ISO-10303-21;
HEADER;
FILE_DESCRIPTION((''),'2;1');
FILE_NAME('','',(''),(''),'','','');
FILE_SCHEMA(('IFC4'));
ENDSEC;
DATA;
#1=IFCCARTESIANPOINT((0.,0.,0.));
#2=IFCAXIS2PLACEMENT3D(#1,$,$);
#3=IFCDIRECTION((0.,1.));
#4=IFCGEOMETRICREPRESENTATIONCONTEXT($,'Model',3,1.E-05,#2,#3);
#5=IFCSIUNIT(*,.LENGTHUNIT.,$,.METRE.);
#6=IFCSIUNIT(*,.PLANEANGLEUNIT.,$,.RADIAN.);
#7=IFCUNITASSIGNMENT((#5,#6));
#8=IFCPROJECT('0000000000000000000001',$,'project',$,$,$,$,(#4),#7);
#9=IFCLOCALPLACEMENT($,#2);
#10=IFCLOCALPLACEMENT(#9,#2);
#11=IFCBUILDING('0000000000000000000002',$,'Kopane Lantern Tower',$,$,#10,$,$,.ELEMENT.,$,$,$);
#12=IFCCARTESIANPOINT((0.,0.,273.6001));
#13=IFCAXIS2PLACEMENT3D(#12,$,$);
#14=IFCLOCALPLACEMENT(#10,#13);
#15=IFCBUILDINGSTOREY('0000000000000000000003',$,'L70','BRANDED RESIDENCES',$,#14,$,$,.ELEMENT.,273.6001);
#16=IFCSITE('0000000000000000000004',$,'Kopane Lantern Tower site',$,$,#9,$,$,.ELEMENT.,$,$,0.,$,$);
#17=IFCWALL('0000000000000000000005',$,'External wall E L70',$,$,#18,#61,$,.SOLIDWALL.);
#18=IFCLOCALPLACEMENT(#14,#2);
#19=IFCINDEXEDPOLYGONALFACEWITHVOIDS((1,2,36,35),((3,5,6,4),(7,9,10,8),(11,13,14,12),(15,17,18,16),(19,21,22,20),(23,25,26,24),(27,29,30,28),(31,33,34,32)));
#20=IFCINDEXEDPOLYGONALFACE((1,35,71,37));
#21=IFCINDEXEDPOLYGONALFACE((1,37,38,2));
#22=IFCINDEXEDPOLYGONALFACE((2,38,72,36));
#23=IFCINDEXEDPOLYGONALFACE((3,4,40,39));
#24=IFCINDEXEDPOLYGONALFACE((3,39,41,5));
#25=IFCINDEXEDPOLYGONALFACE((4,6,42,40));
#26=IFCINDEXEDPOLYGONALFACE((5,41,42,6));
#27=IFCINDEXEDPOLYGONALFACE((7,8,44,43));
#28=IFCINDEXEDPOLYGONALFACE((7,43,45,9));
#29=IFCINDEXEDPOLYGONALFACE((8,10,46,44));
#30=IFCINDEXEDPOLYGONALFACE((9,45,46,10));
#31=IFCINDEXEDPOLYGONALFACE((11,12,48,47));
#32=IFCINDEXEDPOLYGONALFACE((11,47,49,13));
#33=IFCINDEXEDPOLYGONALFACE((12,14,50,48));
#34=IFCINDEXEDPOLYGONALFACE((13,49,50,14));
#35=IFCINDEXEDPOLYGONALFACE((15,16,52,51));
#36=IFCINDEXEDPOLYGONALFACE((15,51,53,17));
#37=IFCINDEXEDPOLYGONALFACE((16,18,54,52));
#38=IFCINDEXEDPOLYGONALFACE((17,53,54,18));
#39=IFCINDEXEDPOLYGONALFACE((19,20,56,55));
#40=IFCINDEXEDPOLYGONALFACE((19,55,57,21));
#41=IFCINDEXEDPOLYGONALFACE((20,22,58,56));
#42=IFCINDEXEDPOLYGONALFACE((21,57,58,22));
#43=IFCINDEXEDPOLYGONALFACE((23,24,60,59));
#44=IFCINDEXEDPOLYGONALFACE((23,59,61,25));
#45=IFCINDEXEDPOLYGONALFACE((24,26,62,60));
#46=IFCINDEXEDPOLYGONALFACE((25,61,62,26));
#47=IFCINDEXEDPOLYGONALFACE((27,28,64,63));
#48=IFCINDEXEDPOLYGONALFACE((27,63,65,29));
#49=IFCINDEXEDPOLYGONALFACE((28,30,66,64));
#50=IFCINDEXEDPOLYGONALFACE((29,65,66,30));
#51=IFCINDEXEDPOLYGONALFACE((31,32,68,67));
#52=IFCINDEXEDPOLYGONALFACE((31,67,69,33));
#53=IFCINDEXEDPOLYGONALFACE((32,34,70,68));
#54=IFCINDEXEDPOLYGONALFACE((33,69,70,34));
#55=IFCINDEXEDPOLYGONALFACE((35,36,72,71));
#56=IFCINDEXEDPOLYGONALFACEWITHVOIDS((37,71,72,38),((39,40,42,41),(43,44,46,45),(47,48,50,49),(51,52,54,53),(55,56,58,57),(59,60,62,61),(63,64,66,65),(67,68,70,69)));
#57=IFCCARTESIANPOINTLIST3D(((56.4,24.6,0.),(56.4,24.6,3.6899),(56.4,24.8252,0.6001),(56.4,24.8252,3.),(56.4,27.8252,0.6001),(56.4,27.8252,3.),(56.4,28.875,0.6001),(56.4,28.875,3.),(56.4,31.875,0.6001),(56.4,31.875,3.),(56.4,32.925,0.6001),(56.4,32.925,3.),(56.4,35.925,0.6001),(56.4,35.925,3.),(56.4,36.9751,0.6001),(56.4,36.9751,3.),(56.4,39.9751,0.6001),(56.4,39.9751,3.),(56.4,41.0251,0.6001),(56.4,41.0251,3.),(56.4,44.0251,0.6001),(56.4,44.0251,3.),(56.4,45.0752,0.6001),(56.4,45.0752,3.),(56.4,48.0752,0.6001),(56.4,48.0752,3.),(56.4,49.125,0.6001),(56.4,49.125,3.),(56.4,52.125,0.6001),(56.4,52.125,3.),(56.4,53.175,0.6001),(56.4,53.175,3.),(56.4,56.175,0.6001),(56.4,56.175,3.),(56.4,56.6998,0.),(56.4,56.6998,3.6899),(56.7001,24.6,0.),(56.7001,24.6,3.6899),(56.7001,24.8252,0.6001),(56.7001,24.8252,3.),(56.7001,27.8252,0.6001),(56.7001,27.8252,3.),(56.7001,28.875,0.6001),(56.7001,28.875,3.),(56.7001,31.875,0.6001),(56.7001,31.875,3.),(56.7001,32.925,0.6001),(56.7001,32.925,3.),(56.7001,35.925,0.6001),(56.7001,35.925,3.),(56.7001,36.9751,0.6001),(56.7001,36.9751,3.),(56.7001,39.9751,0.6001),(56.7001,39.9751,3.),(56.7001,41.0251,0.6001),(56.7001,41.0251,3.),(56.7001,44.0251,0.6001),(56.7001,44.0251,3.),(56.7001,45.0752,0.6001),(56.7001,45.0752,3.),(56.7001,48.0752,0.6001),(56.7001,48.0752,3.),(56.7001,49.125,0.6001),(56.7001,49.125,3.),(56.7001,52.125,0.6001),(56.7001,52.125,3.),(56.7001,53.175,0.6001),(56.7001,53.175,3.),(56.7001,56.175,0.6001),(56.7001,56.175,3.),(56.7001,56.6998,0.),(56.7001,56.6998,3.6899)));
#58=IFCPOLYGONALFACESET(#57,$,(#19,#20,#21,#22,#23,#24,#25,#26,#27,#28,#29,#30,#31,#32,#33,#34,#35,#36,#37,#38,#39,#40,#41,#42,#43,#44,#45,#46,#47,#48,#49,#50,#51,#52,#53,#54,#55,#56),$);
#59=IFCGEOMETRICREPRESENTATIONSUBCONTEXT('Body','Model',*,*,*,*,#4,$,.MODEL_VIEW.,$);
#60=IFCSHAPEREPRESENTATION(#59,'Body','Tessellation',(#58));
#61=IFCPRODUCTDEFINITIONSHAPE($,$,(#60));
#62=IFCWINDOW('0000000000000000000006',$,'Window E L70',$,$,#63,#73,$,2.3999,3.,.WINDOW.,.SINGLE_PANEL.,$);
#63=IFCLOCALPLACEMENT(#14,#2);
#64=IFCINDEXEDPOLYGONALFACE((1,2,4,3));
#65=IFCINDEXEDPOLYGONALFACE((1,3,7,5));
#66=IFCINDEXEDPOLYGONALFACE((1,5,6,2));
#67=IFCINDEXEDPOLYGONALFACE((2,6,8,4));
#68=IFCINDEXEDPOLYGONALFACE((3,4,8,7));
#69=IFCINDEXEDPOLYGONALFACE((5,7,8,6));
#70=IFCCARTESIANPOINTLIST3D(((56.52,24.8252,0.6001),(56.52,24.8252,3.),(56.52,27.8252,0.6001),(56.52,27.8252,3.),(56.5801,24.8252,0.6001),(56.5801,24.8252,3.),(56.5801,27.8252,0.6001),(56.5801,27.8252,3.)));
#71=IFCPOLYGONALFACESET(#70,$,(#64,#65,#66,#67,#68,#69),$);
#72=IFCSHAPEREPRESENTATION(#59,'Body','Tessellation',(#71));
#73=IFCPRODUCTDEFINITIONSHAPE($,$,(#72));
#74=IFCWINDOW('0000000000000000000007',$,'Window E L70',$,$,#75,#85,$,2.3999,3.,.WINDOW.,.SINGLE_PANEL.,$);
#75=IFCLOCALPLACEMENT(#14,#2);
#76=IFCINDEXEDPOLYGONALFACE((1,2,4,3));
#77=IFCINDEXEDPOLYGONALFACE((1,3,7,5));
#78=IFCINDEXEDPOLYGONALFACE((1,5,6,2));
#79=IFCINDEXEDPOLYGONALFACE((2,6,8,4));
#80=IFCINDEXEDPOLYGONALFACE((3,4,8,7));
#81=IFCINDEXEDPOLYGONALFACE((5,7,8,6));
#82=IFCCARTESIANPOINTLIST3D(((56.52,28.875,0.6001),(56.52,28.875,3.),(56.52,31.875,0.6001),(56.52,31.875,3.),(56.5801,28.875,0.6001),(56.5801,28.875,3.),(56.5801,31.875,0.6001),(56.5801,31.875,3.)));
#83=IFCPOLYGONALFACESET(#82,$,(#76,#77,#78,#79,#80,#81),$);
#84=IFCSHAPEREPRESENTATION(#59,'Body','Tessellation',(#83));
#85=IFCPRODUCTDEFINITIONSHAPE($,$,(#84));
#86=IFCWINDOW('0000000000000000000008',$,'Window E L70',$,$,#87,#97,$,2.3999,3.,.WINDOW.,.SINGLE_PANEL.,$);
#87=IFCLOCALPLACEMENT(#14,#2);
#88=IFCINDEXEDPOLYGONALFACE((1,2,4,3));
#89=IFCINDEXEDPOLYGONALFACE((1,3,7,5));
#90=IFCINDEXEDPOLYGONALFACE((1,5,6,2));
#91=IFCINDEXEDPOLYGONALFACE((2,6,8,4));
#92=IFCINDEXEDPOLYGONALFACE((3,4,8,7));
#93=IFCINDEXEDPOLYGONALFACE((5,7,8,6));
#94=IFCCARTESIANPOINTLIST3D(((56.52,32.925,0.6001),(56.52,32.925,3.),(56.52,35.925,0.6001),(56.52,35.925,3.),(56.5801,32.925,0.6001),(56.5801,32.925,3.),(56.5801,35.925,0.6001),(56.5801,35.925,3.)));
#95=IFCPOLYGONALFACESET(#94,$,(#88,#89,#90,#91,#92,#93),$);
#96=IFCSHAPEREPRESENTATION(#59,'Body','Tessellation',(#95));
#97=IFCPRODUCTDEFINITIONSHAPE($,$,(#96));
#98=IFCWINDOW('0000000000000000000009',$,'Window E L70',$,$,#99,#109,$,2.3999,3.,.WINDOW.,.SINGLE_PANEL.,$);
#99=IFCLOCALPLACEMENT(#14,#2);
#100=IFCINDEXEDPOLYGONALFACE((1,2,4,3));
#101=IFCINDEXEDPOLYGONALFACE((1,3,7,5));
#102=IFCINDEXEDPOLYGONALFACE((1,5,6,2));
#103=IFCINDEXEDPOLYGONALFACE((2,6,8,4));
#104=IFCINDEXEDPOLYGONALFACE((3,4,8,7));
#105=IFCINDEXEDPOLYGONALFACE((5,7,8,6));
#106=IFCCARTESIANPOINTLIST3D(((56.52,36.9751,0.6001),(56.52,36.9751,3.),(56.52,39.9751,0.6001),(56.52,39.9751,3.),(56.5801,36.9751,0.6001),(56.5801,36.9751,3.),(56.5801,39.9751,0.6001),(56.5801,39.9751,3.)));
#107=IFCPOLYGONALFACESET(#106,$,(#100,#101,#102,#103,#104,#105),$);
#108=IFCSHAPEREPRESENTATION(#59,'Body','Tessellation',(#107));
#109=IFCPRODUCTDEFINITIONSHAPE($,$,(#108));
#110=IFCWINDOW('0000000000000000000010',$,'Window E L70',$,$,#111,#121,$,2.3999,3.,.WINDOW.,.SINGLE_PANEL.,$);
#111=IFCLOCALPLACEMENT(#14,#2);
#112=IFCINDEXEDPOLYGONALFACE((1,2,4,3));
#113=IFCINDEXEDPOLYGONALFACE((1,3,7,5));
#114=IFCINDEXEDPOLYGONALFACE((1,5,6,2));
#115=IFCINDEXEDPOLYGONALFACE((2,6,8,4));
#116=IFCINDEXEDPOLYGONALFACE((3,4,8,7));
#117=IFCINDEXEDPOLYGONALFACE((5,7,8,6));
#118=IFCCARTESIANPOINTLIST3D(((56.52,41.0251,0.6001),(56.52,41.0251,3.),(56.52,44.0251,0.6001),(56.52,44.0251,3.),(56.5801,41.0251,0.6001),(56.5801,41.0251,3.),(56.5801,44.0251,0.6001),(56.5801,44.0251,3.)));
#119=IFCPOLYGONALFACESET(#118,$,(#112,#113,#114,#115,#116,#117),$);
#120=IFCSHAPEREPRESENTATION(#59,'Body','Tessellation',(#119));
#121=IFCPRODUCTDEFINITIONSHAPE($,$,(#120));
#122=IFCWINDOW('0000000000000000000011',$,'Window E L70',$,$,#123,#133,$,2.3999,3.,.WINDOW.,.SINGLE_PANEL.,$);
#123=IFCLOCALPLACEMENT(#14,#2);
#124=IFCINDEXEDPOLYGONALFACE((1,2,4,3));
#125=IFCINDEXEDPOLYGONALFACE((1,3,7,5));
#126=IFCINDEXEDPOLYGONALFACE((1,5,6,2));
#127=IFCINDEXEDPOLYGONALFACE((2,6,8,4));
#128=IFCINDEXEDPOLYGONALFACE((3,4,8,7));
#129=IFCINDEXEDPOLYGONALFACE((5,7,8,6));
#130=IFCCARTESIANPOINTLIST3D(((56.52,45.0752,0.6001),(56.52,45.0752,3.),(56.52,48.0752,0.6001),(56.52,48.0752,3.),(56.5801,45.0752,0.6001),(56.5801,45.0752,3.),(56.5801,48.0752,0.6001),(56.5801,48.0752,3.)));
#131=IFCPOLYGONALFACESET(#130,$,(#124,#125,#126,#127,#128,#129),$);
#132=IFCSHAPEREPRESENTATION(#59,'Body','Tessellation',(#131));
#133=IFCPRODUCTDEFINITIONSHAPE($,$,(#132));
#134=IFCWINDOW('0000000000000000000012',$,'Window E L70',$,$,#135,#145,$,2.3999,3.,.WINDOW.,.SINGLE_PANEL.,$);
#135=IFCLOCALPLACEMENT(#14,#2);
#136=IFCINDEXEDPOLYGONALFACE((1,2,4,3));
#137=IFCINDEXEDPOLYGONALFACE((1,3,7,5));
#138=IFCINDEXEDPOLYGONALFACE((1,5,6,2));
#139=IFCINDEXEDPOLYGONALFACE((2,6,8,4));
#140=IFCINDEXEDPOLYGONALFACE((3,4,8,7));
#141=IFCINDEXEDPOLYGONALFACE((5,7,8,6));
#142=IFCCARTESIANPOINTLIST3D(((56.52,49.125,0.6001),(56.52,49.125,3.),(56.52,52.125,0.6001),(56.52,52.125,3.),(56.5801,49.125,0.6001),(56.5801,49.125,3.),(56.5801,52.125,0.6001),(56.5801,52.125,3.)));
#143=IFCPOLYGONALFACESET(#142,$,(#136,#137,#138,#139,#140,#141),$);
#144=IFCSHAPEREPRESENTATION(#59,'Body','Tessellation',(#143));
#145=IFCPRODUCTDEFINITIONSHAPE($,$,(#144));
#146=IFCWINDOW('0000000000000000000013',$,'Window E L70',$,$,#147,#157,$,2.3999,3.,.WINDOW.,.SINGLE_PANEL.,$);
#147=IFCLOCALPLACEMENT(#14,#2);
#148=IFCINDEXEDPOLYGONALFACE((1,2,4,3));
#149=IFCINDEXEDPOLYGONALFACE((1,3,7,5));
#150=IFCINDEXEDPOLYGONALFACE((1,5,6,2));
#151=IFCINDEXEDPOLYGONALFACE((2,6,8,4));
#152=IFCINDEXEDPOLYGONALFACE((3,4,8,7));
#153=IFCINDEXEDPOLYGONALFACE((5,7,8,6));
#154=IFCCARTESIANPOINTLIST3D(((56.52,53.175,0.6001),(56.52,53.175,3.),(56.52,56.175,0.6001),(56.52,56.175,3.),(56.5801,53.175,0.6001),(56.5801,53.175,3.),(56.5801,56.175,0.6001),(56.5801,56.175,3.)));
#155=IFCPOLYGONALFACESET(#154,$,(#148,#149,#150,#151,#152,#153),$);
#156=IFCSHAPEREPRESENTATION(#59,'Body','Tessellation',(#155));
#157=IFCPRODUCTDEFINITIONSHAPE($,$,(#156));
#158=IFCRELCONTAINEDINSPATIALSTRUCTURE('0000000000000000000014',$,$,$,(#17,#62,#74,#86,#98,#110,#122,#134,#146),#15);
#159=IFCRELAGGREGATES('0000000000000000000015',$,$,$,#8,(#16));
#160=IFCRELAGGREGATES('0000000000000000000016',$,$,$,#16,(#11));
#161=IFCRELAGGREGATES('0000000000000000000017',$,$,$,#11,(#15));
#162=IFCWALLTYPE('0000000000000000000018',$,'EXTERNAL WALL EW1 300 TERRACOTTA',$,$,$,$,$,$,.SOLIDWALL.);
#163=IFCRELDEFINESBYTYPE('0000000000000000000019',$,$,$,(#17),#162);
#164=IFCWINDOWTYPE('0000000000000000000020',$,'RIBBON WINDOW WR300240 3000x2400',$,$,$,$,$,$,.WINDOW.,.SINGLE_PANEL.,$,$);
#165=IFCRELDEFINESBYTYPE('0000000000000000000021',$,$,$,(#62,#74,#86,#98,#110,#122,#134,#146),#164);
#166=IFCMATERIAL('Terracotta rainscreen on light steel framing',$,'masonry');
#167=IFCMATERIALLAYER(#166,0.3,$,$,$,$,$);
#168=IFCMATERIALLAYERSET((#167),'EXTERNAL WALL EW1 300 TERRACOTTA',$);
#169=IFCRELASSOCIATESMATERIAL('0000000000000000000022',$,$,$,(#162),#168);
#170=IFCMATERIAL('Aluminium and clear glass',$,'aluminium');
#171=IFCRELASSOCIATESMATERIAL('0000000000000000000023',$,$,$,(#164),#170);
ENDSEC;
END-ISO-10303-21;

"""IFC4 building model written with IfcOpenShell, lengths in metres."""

from ifc_helpers import new_model, si_unit, direction, frame, frame_2d, origin, place, context, subcontext, project, spatial, rectangle, extrude, material, layer, layer_set, type_object, element, fill, save


model = new_model("IFC4")

# Units and contexts
model_context = context("Model", 3, precision=1e-05, world=origin(), true_north=direction((0.0, 1.0)))
body_context = subcontext(model_context, "Body", "Model", "MODEL_VIEW")
ifc_project = project(units=[si_unit("LENGTHUNIT", "METRE"), si_unit("PLANEANGLEUNIT", "RADIAN")], contexts=[model_context])

# Site, building, storey
site_placement = place(None, origin())
site = spatial("IfcSite", under=ifc_project, at=site_placement, Name="Kopane Lantern Tower site", CompositionType="ELEMENT", RefElevation=0.0)
building_placement = place(site_placement, origin())
building = spatial("IfcBuilding", under=site, at=building_placement, Name="Kopane Lantern Tower", CompositionType="ELEMENT")
storey_placement = place(building_placement, frame((0.0, 0.0, 273.6001)))
storey = spatial("IfcBuildingStorey", under=building, at=storey_placement, Name="L70", Description="BRANDED RESIDENCES", CompositionType="ELEMENT", Elevation=273.6001)

# Shared definitions
ifc_material_1 = material(Name="Terracotta rainscreen on light steel framing", Category="masonry")
ifc_layer_1 = layer(ifc_material_1, 0.3)
ifc_layer_set_1 = layer_set([ifc_layer_1], Name="EXTERNAL WALL EW1 300 TERRACOTTA")
wall_type_1 = type_object("IfcWallType", Name="EXTERNAL WALL EW1 300 TERRACOTTA", PredefinedType="SOLIDWALL", material=ifc_layer_set_1)

# Wall, openings, windows
wall_1_placement = place(storey_placement, frame((56.55, 24.6001, 0.0), z_axis=(0.0, 0.0, 1.0), x_axis=(0.0, 1.0, 0.0)))
wall_1 = element("IfcWall", 1, at=wall_1_placement, inside=storey, type_object=wall_type_1, Name="External wall E L70", PredefinedType="SOLIDWALL", context=body_context, shape_type="SweptSolid", body=[
    extrude(rectangle(XDim=32.0999, YDim=0.3, at=frame_2d((16.0498, 0.0))), origin(), (0.0, 0.0, 1.0), 3.6899),
])
opening_1_placement = place(wall_1_placement, frame((0.2251, 0.0, 0.6001)))
opening_1 = element("IfcOpeningElement", 2, at=opening_1_placement, cuts=wall_1, PredefinedType="OPENING", context=body_context, shape_type="SweptSolid", body=[
    extrude(rectangle(XDim=3.0, YDim=2.3999, at=frame_2d((1.5, 1.2))), frame((0.0, 0.1599, 0.0), z_axis=(0.0, -1.0, 0.0), x_axis=(1.0, 0.0, 0.0)), (0.0, 0.0, 1.0), 0.3201),
])
opening_2_placement = place(wall_1_placement, frame((4.2749, 0.0, 0.6001)))
opening_2 = element("IfcOpeningElement", 3, at=opening_2_placement, cuts=wall_1, PredefinedType="OPENING", context=body_context, shape_type="SweptSolid", body=[
    extrude(rectangle(XDim=3.0, YDim=2.3999, at=frame_2d((1.5, 1.2))), frame((0.0, 0.1599, 0.0), z_axis=(0.0, -1.0, 0.0), x_axis=(1.0, 0.0, 0.0)), (0.0, 0.0, 1.0), 0.3201),
])
opening_3_placement = place(wall_1_placement, frame((8.325, 0.0, 0.6001)))
opening_3 = element("IfcOpeningElement", 4, at=opening_3_placement, cuts=wall_1, PredefinedType="OPENING", context=body_context, shape_type="SweptSolid", body=[
    extrude(rectangle(XDim=3.0, YDim=2.3999, at=frame_2d((1.5, 1.2))), frame((0.0, 0.1599, 0.0), z_axis=(0.0, -1.0, 0.0), x_axis=(1.0, 0.0, 0.0)), (0.0, 0.0, 1.0), 0.3201),
])
opening_4_placement = place(wall_1_placement, frame((12.375, 0.0, 0.6001)))
opening_4 = element("IfcOpeningElement", 5, at=opening_4_placement, cuts=wall_1, PredefinedType="OPENING", context=body_context, shape_type="SweptSolid", body=[
    extrude(rectangle(XDim=3.0, YDim=2.3999, at=frame_2d((1.5, 1.2))), frame((0.0, 0.1599, 0.0), z_axis=(0.0, -1.0, 0.0), x_axis=(1.0, 0.0, 0.0)), (0.0, 0.0, 1.0), 0.3201),
])
opening_5_placement = place(wall_1_placement, frame((16.425, 0.0, 0.6001)))
opening_5 = element("IfcOpeningElement", 6, at=opening_5_placement, cuts=wall_1, PredefinedType="OPENING", context=body_context, shape_type="SweptSolid", body=[
    extrude(rectangle(XDim=3.0, YDim=2.3999, at=frame_2d((1.5, 1.2))), frame((0.0, 0.1599, 0.0), z_axis=(0.0, -1.0, 0.0), x_axis=(1.0, 0.0, 0.0)), (0.0, 0.0, 1.0), 0.3201),
])
opening_6_placement = place(wall_1_placement, frame((20.4751, 0.0, 0.6001)))
opening_6 = element("IfcOpeningElement", 7, at=opening_6_placement, cuts=wall_1, PredefinedType="OPENING", context=body_context, shape_type="SweptSolid", body=[
    extrude(rectangle(XDim=3.0, YDim=2.3999, at=frame_2d((1.5, 1.2))), frame((0.0, 0.1599, 0.0), z_axis=(0.0, -1.0, 0.0), x_axis=(1.0, 0.0, 0.0)), (0.0, 0.0, 1.0), 0.3201),
])
opening_7_placement = place(wall_1_placement, frame((24.5249, 0.0, 0.6001)))
opening_7 = element("IfcOpeningElement", 8, at=opening_7_placement, cuts=wall_1, PredefinedType="OPENING", context=body_context, shape_type="SweptSolid", body=[
    extrude(rectangle(XDim=3.0, YDim=2.3999, at=frame_2d((1.5, 1.2))), frame((0.0, 0.1599, 0.0), z_axis=(0.0, -1.0, 0.0), x_axis=(1.0, 0.0, 0.0)), (0.0, 0.0, 1.0), 0.3201),
])
opening_8_placement = place(wall_1_placement, frame((28.575, 0.0, 0.6001)))
opening_8 = element("IfcOpeningElement", 9, at=opening_8_placement, cuts=wall_1, PredefinedType="OPENING", context=body_context, shape_type="SweptSolid", body=[
    extrude(rectangle(XDim=3.0, YDim=2.3999, at=frame_2d((1.5, 1.2))), frame((0.0, 0.1599, 0.0), z_axis=(0.0, -1.0, 0.0), x_axis=(1.0, 0.0, 0.0)), (0.0, 0.0, 1.0), 0.3201),
])
ifc_material_2 = material(Name="Aluminium and clear glass", Category="aluminium")
window_type_1 = type_object("IfcWindowType", Name="RIBBON WINDOW WR300240 3000x2400", PartitioningType="SINGLE_PANEL", PredefinedType="WINDOW", material=ifc_material_2)
window_1_placement = place(opening_1_placement, origin())
window_1 = element("IfcWindow", 10, at=window_1_placement, inside=storey, type_object=window_type_1, Name="Window E L70", OverallHeight=2.3999, OverallWidth=3.0, PartitioningType="SINGLE_PANEL", PredefinedType="WINDOW", context=body_context, shape_type="SweptSolid", body=[
    extrude(rectangle(XDim=3.0, YDim=2.3999, at=frame_2d((1.5, 1.2))), frame((0.0, 0.03, 0.0), z_axis=(0.0, -1.0, 0.0), x_axis=(1.0, 0.0, 0.0)), (0.0, 0.0, 1.0), 0.0601),
])
fill(opening_1, window_1)
window_2_placement = place(opening_2_placement, origin())
window_2 = element("IfcWindow", 11, at=window_2_placement, inside=storey, type_object=window_type_1, Name="Window E L70", OverallHeight=2.3999, OverallWidth=3.0, PartitioningType="SINGLE_PANEL", PredefinedType="WINDOW", context=body_context, shape_type="SweptSolid", body=[
    extrude(rectangle(XDim=3.0, YDim=2.3999, at=frame_2d((1.5, 1.2))), frame((0.0, 0.03, 0.0), z_axis=(0.0, -1.0, 0.0), x_axis=(1.0, 0.0, 0.0)), (0.0, 0.0, 1.0), 0.0601),
])
fill(opening_2, window_2)
window_3_placement = place(opening_3_placement, origin())
window_3 = element("IfcWindow", 12, at=window_3_placement, inside=storey, type_object=window_type_1, Name="Window E L70", OverallHeight=2.3999, OverallWidth=3.0, PartitioningType="SINGLE_PANEL", PredefinedType="WINDOW", context=body_context, shape_type="SweptSolid", body=[
    extrude(rectangle(XDim=3.0, YDim=2.3999, at=frame_2d((1.5, 1.2))), frame((0.0, 0.03, 0.0), z_axis=(0.0, -1.0, 0.0), x_axis=(1.0, 0.0, 0.0)), (0.0, 0.0, 1.0), 0.0601),
])
fill(opening_3, window_3)
window_4_placement = place(opening_4_placement, origin())
window_4 = element("IfcWindow", 13, at=window_4_placement, inside=storey, type_object=window_type_1, Name="Window E L70", OverallHeight=2.3999, OverallWidth=3.0, PartitioningType="SINGLE_PANEL", PredefinedType="WINDOW", context=body_context, shape_type="SweptSolid", body=[
    extrude(rectangle(XDim=3.0, YDim=2.3999, at=frame_2d((1.5, 1.2))), frame((0.0, 0.03, 0.0), z_axis=(0.0, -1.0, 0.0), x_axis=(1.0, 0.0, 0.0)), (0.0, 0.0, 1.0), 0.0601),
])
fill(opening_4, window_4)
window_5_placement = place(opening_5_placement, origin())
window_5 = element("IfcWindow", 14, at=window_5_placement, inside=storey, type_object=window_type_1, Name="Window E L70", OverallHeight=2.3999, OverallWidth=3.0, PartitioningType="SINGLE_PANEL", PredefinedType="WINDOW", context=body_context, shape_type="SweptSolid", body=[
    extrude(rectangle(XDim=3.0, YDim=2.3999, at=frame_2d((1.5, 1.2))), frame((0.0, 0.03, 0.0), z_axis=(0.0, -1.0, 0.0), x_axis=(1.0, 0.0, 0.0)), (0.0, 0.0, 1.0), 0.0601),
])
fill(opening_5, window_5)
window_6_placement = place(opening_6_placement, origin())
window_6 = element("IfcWindow", 15, at=window_6_placement, inside=storey, type_object=window_type_1, Name="Window E L70", OverallHeight=2.3999, OverallWidth=3.0, PartitioningType="SINGLE_PANEL", PredefinedType="WINDOW", context=body_context, shape_type="SweptSolid", body=[
    extrude(rectangle(XDim=3.0, YDim=2.3999, at=frame_2d((1.5, 1.2))), frame((0.0, 0.03, 0.0), z_axis=(0.0, -1.0, 0.0), x_axis=(1.0, 0.0, 0.0)), (0.0, 0.0, 1.0), 0.0601),
])
fill(opening_6, window_6)
window_7_placement = place(opening_7_placement, origin())
window_7 = element("IfcWindow", 16, at=window_7_placement, inside=storey, type_object=window_type_1, Name="Window E L70", OverallHeight=2.3999, OverallWidth=3.0, PartitioningType="SINGLE_PANEL", PredefinedType="WINDOW", context=body_context, shape_type="SweptSolid", body=[
    extrude(rectangle(XDim=3.0, YDim=2.3999, at=frame_2d((1.5, 1.2))), frame((0.0, 0.03, 0.0), z_axis=(0.0, -1.0, 0.0), x_axis=(1.0, 0.0, 0.0)), (0.0, 0.0, 1.0), 0.0601),
])
fill(opening_7, window_7)
window_8_placement = place(opening_8_placement, origin())
window_8 = element("IfcWindow", 17, at=window_8_placement, inside=storey, type_object=window_type_1, Name="Window E L70", OverallHeight=2.3999, OverallWidth=3.0, PartitioningType="SINGLE_PANEL", PredefinedType="WINDOW", context=body_context, shape_type="SweptSolid", body=[
    extrude(rectangle(XDim=3.0, YDim=2.3999, at=frame_2d((1.5, 1.2))), frame((0.0, 0.03, 0.0), z_axis=(0.0, -1.0, 0.0), x_axis=(1.0, 0.0, 0.0)), (0.0, 0.0, 1.0), 0.0601),
])
fill(opening_8, window_8)

save(model, "model.ifc")
